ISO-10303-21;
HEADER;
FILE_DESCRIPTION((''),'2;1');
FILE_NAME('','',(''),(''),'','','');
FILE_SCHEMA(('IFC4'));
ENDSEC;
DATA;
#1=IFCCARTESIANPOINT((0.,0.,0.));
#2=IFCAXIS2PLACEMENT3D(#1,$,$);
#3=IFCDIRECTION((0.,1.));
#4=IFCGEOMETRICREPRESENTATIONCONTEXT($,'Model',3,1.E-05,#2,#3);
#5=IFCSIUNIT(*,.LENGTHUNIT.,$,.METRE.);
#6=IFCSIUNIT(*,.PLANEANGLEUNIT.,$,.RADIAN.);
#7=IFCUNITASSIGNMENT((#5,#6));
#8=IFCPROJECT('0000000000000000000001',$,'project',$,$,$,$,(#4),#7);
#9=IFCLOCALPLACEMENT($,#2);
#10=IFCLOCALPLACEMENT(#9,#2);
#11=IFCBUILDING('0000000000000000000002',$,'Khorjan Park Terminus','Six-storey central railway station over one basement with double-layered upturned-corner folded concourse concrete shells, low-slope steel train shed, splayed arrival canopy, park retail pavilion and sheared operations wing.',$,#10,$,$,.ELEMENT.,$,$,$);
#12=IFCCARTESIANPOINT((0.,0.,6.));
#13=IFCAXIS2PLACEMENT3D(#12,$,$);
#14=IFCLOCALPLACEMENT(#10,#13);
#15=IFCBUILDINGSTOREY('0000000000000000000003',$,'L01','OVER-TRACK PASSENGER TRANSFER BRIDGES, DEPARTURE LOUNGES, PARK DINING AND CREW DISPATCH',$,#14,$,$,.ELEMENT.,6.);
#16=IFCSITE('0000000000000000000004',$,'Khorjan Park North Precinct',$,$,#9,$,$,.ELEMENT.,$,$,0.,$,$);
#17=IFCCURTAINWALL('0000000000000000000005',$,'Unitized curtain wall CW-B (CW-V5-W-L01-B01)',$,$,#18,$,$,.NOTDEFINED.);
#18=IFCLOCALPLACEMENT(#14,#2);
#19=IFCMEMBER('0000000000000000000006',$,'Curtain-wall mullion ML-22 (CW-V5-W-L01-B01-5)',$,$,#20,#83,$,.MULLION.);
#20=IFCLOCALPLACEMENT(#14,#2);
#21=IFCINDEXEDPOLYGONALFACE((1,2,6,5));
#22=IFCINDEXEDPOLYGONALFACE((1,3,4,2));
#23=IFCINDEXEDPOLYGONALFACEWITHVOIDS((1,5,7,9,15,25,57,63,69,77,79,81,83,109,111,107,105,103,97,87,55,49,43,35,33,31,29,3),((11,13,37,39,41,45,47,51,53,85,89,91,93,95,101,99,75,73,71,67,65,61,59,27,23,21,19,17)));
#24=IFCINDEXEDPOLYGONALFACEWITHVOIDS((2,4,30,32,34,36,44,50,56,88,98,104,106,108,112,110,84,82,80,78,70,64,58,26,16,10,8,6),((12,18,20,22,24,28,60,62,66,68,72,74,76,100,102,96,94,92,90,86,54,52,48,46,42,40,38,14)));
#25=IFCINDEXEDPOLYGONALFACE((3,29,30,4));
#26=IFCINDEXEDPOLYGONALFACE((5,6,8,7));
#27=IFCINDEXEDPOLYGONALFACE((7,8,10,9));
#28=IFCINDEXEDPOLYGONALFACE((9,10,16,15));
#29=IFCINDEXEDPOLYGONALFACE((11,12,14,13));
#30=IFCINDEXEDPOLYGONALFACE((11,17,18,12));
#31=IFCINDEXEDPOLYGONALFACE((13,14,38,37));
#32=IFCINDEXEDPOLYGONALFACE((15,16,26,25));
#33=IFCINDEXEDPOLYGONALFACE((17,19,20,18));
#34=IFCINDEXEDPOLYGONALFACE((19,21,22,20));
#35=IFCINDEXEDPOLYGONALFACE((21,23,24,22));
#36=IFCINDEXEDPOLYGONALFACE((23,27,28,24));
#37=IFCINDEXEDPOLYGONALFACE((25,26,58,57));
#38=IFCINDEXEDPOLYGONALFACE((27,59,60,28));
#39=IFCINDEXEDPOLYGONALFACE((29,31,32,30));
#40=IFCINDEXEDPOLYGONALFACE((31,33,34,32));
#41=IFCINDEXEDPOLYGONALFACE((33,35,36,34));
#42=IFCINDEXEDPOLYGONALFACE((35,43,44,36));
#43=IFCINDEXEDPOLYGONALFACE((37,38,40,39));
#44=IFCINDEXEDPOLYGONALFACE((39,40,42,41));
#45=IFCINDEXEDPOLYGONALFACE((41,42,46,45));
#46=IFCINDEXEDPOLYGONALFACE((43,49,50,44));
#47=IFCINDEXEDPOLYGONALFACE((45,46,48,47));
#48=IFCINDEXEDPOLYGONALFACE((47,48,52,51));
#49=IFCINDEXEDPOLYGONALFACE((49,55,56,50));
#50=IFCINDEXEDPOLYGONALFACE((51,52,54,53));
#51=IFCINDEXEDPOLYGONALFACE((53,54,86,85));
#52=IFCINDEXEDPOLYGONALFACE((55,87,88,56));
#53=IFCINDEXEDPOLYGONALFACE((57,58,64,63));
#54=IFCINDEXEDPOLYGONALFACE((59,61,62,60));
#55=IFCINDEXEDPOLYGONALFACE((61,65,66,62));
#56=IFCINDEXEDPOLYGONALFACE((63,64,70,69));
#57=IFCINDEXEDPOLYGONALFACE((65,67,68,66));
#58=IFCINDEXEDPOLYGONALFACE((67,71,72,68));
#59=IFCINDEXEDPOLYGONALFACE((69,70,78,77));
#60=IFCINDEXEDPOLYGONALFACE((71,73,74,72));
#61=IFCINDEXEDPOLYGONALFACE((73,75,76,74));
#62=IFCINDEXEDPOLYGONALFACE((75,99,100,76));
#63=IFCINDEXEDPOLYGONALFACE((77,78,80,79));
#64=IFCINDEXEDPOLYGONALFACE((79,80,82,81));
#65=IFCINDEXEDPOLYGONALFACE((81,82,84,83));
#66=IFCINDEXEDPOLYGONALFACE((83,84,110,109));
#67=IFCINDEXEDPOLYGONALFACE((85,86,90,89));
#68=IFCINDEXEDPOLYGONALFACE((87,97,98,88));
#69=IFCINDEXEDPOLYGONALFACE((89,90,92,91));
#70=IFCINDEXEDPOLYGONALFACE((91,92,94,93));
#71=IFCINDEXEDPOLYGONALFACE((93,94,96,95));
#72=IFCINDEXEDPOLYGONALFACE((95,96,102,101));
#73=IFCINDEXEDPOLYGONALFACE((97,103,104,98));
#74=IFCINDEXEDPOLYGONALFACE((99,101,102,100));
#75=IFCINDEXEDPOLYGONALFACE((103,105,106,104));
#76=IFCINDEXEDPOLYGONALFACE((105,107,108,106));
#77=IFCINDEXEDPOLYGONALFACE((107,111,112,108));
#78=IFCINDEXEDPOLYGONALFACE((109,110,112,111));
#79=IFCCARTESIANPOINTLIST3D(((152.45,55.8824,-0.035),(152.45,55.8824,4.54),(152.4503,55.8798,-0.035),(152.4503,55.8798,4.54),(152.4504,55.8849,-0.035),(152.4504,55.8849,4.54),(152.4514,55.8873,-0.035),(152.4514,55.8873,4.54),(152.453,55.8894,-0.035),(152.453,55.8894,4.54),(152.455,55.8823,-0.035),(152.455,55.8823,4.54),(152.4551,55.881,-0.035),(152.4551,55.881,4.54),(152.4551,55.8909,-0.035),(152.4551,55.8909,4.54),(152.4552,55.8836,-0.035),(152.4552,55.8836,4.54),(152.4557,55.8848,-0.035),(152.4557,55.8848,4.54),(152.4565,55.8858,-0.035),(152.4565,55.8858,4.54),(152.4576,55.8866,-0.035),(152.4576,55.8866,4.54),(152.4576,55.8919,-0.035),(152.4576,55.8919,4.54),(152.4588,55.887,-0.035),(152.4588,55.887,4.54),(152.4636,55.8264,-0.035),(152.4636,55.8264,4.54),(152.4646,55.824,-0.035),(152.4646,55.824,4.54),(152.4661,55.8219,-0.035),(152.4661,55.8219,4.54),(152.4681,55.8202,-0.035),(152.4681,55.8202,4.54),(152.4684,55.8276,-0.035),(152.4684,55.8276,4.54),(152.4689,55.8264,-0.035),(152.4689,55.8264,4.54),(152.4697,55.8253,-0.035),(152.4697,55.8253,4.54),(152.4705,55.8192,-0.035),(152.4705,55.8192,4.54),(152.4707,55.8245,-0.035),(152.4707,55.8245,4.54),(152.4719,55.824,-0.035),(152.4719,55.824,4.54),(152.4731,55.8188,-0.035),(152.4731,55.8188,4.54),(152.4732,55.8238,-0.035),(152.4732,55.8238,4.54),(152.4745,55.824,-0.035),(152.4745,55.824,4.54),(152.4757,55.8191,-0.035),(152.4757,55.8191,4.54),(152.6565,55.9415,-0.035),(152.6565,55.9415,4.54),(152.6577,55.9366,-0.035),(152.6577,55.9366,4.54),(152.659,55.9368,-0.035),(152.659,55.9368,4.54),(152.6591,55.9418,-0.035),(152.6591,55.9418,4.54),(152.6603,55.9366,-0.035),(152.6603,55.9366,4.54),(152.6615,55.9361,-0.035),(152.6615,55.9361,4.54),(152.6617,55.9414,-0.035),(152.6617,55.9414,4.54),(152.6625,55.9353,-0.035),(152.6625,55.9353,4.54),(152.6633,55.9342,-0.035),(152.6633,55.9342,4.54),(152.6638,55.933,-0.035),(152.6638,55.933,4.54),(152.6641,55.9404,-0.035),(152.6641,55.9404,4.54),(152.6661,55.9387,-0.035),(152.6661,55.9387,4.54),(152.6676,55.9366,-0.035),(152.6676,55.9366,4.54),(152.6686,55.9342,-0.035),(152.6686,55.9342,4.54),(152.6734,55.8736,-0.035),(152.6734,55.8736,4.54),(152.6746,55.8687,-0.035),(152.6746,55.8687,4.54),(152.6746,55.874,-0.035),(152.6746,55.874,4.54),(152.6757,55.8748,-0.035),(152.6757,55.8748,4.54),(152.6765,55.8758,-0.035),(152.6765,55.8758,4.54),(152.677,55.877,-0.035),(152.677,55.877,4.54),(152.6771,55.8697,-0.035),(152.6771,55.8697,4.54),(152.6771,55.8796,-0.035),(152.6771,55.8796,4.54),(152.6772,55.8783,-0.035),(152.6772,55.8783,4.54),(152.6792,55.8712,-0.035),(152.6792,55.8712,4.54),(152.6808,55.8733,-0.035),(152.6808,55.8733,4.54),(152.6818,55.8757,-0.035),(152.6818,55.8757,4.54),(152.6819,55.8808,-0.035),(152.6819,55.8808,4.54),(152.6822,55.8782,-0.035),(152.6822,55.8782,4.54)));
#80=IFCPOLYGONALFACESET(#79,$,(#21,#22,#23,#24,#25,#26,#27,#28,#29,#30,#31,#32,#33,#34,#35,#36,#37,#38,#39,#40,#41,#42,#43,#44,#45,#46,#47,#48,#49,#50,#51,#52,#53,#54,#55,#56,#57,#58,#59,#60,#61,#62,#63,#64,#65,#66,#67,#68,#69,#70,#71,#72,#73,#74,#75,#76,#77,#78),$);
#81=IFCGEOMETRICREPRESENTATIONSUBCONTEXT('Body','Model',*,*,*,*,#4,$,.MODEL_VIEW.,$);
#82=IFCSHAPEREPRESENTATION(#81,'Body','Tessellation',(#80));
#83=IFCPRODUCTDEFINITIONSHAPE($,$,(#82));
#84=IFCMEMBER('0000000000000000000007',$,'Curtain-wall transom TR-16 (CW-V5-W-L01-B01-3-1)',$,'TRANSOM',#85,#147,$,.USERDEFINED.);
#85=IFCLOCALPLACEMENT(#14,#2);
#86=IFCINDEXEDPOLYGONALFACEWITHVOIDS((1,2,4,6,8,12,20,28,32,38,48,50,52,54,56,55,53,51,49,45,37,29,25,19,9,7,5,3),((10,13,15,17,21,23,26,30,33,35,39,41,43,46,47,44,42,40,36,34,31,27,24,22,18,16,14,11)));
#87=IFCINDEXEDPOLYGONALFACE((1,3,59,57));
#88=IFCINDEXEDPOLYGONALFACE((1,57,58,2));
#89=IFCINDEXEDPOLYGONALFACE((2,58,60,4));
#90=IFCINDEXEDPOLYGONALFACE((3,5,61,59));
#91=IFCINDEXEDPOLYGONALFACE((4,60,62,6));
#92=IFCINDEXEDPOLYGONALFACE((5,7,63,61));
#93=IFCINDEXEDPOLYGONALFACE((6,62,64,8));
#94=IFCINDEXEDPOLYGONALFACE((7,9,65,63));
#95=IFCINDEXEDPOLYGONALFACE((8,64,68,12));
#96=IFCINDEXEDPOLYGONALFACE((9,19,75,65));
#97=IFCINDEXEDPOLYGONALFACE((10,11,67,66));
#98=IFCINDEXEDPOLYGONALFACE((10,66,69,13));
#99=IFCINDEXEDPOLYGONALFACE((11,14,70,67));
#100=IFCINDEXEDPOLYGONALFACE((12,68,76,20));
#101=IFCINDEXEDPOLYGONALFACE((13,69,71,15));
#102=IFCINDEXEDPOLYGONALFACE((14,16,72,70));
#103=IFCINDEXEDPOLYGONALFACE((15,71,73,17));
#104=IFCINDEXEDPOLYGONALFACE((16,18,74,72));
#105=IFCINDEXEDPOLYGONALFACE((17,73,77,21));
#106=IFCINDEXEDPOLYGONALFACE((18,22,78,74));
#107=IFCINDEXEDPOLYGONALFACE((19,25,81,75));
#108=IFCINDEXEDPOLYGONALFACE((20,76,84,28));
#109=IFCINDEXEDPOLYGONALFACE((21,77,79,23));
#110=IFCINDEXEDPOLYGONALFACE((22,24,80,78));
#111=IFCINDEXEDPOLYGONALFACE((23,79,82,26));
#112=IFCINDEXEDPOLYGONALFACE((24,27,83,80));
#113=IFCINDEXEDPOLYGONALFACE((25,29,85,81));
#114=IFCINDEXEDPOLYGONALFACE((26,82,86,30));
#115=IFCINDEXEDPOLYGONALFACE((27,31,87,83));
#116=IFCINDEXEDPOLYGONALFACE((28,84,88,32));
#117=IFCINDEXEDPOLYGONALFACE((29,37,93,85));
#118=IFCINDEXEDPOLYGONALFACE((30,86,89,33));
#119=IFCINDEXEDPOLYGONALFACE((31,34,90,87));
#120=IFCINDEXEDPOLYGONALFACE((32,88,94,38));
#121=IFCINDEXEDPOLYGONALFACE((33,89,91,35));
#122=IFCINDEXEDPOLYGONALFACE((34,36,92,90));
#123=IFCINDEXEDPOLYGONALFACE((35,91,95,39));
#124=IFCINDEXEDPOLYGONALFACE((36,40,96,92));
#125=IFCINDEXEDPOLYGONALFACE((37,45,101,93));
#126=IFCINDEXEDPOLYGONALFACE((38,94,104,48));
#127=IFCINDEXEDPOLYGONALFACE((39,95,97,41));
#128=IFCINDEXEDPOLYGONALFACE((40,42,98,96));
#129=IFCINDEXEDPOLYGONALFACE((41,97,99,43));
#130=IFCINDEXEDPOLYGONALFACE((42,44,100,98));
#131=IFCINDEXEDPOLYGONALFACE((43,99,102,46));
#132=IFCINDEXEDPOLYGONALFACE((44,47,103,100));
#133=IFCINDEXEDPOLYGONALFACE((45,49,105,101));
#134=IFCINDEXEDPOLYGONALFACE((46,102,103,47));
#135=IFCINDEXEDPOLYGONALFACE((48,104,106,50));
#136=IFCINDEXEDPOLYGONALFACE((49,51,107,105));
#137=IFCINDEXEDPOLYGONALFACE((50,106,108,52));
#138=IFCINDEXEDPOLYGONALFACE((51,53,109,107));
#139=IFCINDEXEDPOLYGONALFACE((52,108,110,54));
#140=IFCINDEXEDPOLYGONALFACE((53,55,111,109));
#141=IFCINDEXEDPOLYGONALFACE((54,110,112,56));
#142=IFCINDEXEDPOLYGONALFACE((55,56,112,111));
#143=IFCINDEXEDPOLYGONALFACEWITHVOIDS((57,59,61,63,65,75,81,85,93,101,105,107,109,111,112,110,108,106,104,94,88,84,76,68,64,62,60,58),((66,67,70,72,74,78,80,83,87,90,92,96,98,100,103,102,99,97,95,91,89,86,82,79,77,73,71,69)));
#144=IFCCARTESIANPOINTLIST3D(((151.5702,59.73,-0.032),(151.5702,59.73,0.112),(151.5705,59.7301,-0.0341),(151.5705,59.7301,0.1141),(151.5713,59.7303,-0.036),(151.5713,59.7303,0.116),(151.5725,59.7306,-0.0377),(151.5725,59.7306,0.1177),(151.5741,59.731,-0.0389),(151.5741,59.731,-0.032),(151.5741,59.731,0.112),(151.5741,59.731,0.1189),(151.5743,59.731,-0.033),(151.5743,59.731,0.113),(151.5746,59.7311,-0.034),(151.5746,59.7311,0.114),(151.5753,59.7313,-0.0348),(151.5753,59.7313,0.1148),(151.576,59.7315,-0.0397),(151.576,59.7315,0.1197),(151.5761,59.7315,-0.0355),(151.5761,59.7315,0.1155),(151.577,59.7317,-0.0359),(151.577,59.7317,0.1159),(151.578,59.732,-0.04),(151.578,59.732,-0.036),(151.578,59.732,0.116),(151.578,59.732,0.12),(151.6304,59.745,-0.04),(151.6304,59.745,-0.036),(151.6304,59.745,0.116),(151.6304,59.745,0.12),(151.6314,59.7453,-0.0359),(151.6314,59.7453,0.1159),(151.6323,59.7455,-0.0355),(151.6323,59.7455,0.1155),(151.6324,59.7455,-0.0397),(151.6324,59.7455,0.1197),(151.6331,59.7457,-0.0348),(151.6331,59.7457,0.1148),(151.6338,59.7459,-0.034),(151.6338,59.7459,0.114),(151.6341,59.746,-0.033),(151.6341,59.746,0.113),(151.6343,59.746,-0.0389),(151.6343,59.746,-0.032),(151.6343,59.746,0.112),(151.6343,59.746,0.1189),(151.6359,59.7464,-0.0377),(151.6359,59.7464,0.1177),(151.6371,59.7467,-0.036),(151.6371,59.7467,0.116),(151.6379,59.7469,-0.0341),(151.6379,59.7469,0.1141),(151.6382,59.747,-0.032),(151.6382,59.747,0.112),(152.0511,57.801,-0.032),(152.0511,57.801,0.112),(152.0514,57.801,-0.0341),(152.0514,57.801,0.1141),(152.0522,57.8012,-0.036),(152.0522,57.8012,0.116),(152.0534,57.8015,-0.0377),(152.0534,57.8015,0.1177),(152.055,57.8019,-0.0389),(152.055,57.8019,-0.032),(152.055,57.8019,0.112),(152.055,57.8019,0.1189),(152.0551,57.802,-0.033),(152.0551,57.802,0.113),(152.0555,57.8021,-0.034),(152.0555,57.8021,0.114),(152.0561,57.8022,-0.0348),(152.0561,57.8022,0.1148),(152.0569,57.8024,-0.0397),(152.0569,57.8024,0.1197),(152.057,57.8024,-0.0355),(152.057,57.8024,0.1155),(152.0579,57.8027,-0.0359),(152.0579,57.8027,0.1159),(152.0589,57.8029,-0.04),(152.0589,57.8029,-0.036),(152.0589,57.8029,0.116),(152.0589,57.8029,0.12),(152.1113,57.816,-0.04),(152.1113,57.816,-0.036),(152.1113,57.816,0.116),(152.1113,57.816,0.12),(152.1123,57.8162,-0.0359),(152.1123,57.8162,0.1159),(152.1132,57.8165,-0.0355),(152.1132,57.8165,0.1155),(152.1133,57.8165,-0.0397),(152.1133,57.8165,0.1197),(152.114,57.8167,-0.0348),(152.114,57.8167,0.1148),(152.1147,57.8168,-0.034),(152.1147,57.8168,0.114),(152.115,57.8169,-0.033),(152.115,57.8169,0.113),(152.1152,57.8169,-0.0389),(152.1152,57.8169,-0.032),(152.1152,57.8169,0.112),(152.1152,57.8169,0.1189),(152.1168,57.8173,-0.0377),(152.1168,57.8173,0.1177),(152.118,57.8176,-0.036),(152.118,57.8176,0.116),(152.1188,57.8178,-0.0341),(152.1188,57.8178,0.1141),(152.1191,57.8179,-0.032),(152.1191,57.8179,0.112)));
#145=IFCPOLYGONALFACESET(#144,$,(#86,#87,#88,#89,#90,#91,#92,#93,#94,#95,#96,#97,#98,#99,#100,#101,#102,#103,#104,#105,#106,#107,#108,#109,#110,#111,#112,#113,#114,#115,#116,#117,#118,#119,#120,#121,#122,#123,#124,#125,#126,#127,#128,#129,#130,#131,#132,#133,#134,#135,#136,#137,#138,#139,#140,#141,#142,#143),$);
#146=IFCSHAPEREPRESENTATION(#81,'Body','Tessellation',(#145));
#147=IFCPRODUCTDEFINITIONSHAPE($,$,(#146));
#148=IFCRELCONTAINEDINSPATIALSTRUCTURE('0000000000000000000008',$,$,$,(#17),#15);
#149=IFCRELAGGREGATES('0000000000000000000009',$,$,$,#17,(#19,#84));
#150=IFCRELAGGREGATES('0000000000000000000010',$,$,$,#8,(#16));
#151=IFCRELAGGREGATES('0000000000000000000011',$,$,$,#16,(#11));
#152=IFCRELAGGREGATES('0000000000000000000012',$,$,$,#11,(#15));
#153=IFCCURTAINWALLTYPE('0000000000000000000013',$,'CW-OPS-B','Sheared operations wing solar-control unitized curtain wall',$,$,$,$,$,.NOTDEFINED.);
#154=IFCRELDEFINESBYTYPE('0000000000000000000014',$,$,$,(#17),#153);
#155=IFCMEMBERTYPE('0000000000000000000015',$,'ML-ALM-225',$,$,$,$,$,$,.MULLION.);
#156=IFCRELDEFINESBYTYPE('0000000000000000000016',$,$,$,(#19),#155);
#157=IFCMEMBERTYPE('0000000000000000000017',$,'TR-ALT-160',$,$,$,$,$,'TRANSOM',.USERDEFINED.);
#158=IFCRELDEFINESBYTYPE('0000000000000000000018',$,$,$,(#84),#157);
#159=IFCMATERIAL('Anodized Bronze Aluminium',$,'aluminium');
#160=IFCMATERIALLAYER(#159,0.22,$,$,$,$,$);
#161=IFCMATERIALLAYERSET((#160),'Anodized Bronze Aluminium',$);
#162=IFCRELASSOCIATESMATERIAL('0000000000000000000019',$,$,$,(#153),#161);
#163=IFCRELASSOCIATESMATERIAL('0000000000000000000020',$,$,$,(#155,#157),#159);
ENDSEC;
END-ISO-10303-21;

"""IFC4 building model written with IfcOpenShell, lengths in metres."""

from ifc_helpers import new_model, si_unit, direction, frame, origin, origin_2d, place, context, subcontext, project, spatial, hollow_rectangle, extrude, material, layer, layer_set, material_profile, profile_set, type_object, element, aggregate, save


model = new_model("IFC4")

# Units and contexts
model_context = context("Model", 3, precision=1e-05, world=origin(), true_north=direction((0.0, 1.0)))
body_context = subcontext(model_context, "Body", "Model", "MODEL_VIEW")
ifc_project = project(units=[si_unit("LENGTHUNIT", "METRE"), si_unit("PLANEANGLEUNIT", "RADIAN")], contexts=[model_context])

# Site, building, storey
site_placement = place(None, origin())
site = spatial("IfcSite", under=ifc_project, at=site_placement, Name="Khorjan Park North Precinct", CompositionType="ELEMENT", RefElevation=0.0)
building_placement = place(site_placement, origin())
building = spatial("IfcBuilding", under=site, at=building_placement, Name="Khorjan Park Terminus", Description="Six-storey central railway station over one basement with double-layered upturned-corner folded concourse concrete shells, low-slope steel train shed, splayed arrival canopy, park retail pavilion and sheared operations wing.", CompositionType="ELEMENT")
storey_placement = place(building_placement, frame((0.0, 0.0, 6.0)))
storey = spatial("IfcBuildingStorey", under=building, at=storey_placement, Name="L01", Description="OVER-TRACK PASSENGER TRANSFER BRIDGES, DEPARTURE LOUNGES, PARK DINING AND CREW DISPATCH", CompositionType="ELEMENT", Elevation=6.0)

# Curtain wall, members
ifc_material_1 = material(Name="Anodized Bronze Aluminium", Category="aluminium")
ifc_layer_1 = layer(ifc_material_1, 0.22)
ifc_layer_set_1 = layer_set([ifc_layer_1], Name="Anodized Bronze Aluminium")
curtain_wall_type = type_object("IfcCurtainWallType", Name="CW-OPS-B", Description="Sheared operations wing solar-control unitized curtain wall", PredefinedType="NOTDEFINED", material=ifc_layer_set_1)
curtain_wall_placement = place(storey_placement, origin())
curtain_wall = element("IfcCurtainWall", 1, at=curtain_wall_placement, inside=storey, type_object=curtain_wall_type, Name="Unitized curtain wall CW-B (CW-V5-W-L01-B01)", PredefinedType="NOTDEFINED")
ifc_material_profile_1 = material_profile(ifc_material_1, hollow_rectangle(XDim=0.075, YDim=0.225, WallThickness=0.005, InnerFilletRadius=0.005, OuterFilletRadius=0.01, at=origin_2d()), Name="ALM 75x225x5")
ifc_profile_set_1 = profile_set([ifc_material_profile_1], Name="Anodized Bronze Aluminium")
member_type_1 = type_object("IfcMemberType", Name="ML-ALM-225", PredefinedType="MULLION", material=ifc_profile_set_1)
member_1_placement = place(storey_placement, frame((152.5661, 55.8803, -0.035), z_axis=(0.0, 0.0, 1.0), x_axis=(0.241913, -0.970298, 0.0)))
member_1 = element("IfcMember", 2, at=member_1_placement, type_object=member_type_1, Name="Curtain-wall mullion ML-22 (CW-V5-W-L01-B01-5)", PredefinedType="MULLION", context=body_context, shape_type="SweptSolid", body=[
    extrude(hollow_rectangle(XDim=0.075, YDim=0.225, WallThickness=0.005, InnerFilletRadius=0.005, OuterFilletRadius=0.01, at=origin_2d()), origin(), (0.0, 0.0, 1.0), 4.575),
])
ifc_material_profile_2 = material_profile(ifc_material_1, hollow_rectangle(XDim=0.07, YDim=0.16, WallThickness=0.004, InnerFilletRadius=0.004, OuterFilletRadius=0.008, at=origin_2d()), Name="ALT 70x160x4")
ifc_profile_set_2 = profile_set([ifc_material_profile_2], Name="Anodized Bronze Aluminium")
member_type_2 = type_object("IfcMemberType", Name="TR-ALT-160", ElementType="TRANSOM", PredefinedType="USERDEFINED", material=ifc_profile_set_2)
member_2_placement = place(storey_placement, frame((151.6042, 59.7385, 0.04), z_axis=(0.241885, -0.970305, 0.0), x_axis=(0.970305, 0.241885, 0.0)))
member_2 = element("IfcMember", 3, at=member_2_placement, type_object=member_type_2, Name="Curtain-wall transom TR-16 (CW-V5-W-L01-B01-3-1)", ObjectType="TRANSOM", PredefinedType="USERDEFINED", context=body_context, shape_type="SweptSolid", body=[
    extrude(hollow_rectangle(XDim=0.07, YDim=0.16, WallThickness=0.004, InnerFilletRadius=0.004, OuterFilletRadius=0.008, at=origin_2d()), origin(), (0.0, 0.0, 1.0), 1.9881),
])
aggregate(curtain_wall, [member_1, member_2])

save(model, "model.ifc")
